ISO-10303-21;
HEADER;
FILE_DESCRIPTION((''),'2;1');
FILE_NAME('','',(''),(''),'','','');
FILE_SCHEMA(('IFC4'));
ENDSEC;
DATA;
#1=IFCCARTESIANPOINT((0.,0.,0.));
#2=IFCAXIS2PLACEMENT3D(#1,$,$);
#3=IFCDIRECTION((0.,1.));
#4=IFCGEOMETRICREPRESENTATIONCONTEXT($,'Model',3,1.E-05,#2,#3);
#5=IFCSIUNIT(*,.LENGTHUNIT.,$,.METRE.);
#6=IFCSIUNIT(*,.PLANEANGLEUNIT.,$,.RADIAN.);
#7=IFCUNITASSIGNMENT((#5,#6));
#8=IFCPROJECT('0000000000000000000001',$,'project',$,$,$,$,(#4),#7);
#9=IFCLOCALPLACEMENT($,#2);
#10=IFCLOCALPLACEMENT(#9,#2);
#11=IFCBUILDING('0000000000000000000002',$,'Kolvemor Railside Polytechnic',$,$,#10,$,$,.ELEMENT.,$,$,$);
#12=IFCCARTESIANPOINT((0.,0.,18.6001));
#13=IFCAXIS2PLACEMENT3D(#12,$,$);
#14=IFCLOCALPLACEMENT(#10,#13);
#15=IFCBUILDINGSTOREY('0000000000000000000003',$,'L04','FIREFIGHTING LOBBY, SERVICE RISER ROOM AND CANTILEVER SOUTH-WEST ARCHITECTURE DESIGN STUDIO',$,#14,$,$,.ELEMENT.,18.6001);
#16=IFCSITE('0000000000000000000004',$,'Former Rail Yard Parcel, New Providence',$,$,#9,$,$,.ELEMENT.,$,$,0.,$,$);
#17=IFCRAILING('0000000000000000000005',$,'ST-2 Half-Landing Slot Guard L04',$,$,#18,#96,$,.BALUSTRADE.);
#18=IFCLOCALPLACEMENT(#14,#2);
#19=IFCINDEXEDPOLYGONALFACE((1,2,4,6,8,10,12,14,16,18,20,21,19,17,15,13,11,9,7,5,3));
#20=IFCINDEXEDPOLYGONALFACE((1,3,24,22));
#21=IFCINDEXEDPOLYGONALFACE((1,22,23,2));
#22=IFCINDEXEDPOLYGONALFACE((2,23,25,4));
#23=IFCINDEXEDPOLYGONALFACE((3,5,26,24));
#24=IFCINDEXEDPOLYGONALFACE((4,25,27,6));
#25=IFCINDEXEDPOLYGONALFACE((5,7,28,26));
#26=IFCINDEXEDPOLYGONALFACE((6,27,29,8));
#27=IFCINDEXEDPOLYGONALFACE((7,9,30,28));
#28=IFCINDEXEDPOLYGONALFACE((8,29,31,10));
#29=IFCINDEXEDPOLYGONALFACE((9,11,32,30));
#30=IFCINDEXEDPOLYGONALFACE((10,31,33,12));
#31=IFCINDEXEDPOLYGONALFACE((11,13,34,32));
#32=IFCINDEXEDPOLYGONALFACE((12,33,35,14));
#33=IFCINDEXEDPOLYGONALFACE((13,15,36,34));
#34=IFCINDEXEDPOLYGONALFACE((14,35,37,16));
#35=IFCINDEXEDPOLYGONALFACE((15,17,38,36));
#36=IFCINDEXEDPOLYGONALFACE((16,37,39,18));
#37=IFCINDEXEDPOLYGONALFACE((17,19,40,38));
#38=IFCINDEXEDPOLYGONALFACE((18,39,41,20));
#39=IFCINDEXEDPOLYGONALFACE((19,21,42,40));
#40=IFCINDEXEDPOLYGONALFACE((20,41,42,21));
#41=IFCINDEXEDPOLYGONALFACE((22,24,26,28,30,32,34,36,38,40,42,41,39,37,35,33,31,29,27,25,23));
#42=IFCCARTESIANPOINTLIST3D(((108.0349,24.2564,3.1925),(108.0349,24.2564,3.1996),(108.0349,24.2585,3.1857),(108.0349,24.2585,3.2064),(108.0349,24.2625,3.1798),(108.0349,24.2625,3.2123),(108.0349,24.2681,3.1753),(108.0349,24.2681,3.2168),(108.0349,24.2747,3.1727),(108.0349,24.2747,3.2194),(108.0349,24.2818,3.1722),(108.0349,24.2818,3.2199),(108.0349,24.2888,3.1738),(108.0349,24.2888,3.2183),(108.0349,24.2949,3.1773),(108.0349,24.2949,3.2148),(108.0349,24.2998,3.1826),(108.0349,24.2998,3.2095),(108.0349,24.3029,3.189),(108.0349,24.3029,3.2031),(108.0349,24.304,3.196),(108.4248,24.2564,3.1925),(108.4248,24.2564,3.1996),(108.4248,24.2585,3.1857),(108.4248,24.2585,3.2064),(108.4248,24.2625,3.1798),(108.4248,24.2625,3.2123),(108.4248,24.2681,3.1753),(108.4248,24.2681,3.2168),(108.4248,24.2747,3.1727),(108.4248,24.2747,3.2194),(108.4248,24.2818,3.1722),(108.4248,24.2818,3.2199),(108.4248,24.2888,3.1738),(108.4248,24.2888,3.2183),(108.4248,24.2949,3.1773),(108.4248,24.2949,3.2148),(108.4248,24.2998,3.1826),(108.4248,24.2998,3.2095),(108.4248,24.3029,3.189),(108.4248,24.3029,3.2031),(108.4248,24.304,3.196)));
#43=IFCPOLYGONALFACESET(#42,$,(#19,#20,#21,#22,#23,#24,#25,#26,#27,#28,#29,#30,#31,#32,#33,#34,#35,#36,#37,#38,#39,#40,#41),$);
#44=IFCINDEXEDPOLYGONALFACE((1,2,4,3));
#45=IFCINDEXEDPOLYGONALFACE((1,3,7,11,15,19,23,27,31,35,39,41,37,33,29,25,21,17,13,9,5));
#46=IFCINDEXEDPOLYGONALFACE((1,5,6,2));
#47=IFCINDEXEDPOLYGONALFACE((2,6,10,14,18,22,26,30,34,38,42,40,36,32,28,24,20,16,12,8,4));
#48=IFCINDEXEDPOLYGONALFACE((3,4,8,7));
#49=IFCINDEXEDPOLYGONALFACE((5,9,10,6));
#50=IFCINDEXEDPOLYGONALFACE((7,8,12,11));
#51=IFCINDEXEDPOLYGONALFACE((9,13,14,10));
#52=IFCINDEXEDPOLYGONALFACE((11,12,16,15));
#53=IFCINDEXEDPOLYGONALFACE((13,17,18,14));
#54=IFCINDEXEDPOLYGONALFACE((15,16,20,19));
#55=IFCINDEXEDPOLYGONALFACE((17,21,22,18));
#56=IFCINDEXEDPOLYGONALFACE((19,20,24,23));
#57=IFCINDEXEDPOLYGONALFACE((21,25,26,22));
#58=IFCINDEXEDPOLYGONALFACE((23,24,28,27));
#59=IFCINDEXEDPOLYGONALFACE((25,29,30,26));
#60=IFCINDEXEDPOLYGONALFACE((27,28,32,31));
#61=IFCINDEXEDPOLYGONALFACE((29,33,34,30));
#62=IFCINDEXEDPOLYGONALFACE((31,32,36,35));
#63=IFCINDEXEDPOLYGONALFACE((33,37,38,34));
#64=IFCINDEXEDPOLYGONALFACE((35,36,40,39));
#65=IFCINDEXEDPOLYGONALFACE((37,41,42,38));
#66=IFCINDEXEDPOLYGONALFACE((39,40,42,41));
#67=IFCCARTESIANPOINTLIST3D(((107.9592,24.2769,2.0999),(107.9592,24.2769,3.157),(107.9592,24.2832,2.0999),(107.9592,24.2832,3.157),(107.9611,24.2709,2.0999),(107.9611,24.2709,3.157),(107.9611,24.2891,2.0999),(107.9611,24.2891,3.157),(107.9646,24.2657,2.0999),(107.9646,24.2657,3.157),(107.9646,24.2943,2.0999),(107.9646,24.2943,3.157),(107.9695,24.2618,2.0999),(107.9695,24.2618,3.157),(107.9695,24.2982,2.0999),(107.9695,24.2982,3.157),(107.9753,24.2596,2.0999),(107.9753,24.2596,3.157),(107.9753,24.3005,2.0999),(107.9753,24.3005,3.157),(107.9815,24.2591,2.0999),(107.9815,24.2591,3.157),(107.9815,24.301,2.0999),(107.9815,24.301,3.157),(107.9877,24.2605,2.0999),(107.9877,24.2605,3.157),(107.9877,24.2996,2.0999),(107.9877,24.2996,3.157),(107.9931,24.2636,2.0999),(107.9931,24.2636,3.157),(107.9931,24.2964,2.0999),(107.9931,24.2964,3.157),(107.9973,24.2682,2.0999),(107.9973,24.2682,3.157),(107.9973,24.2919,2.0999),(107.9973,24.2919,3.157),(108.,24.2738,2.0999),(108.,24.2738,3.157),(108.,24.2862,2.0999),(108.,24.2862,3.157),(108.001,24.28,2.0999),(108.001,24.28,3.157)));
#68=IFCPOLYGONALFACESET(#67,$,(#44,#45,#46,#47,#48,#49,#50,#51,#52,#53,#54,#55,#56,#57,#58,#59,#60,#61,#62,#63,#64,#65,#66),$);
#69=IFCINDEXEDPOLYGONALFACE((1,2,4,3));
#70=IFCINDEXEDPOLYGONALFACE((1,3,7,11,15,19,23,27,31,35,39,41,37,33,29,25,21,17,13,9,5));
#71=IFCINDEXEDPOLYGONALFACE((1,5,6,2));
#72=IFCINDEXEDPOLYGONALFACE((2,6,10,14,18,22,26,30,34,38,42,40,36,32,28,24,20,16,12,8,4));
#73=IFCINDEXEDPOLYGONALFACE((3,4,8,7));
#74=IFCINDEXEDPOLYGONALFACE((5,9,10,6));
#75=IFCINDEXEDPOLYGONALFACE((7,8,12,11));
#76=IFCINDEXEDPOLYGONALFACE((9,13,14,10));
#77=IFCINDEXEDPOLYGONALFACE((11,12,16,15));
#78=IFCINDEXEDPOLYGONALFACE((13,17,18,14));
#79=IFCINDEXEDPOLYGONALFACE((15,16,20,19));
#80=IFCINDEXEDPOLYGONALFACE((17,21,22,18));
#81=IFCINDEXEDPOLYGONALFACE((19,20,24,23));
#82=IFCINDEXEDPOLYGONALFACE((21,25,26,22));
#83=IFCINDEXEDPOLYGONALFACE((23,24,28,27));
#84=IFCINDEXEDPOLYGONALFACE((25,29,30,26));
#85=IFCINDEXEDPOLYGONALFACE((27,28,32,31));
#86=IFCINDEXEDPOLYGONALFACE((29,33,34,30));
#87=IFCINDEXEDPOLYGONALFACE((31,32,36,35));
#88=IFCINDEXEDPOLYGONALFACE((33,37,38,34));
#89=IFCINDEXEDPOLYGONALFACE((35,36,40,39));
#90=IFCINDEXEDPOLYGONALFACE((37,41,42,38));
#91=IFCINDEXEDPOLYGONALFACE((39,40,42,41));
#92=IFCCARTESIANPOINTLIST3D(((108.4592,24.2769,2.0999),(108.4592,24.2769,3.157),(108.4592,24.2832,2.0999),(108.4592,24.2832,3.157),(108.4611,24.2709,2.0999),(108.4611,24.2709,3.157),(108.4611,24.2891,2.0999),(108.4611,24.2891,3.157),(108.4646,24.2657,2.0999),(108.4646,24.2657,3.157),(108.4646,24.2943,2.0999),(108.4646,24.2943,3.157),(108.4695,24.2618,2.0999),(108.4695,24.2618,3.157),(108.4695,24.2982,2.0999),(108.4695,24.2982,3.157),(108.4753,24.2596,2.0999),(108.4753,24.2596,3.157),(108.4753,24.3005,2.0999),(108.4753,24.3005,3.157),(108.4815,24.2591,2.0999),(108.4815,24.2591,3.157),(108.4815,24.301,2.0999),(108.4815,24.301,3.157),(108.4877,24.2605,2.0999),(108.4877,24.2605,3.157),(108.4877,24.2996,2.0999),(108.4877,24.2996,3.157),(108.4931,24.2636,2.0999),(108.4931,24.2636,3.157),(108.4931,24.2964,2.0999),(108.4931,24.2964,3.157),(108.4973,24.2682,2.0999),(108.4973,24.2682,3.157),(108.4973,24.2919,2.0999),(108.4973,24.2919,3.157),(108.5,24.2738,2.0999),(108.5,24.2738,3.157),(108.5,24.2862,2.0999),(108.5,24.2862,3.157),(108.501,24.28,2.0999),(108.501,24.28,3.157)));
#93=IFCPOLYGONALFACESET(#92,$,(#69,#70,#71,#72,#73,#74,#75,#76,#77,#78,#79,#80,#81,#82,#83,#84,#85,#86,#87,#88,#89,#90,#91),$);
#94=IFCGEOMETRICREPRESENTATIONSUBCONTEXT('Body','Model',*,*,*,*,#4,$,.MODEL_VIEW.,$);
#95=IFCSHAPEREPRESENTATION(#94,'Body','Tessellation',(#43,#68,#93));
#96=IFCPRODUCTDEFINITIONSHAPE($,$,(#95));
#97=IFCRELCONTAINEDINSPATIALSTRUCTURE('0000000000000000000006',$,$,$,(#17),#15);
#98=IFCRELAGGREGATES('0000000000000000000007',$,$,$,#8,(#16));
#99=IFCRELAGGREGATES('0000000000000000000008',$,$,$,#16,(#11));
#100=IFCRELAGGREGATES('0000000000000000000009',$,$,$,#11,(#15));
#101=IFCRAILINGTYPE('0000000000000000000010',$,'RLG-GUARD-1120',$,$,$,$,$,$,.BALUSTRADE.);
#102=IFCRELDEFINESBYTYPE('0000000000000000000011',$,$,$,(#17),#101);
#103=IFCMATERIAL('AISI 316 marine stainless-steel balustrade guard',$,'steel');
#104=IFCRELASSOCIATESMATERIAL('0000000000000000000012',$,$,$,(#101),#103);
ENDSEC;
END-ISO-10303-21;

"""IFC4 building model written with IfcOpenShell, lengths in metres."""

from ifc_helpers import new_model, si_unit, direction, frame, origin, origin_2d, place, context, subcontext, project, spatial, circle, extrude, material, type_object, element, save


model = new_model("IFC4")

# Units and contexts
model_context = context("Model", 3, precision=1e-05, world=origin(), true_north=direction((0.0, 1.0)))
body_context = subcontext(model_context, "Body", "Model", "MODEL_VIEW")
ifc_project = project(units=[si_unit("LENGTHUNIT", "METRE"), si_unit("PLANEANGLEUNIT", "RADIAN")], contexts=[model_context])

# Site, building, storey
site_placement = place(None, origin())
site = spatial("IfcSite", under=ifc_project, at=site_placement, Name="Former Rail Yard Parcel, New Providence", CompositionType="ELEMENT", RefElevation=0.0)
building_placement = place(site_placement, origin())
building = spatial("IfcBuilding", under=site, at=building_placement, Name="Kolvemor Railside Polytechnic", CompositionType="ELEMENT")
storey_placement = place(building_placement, frame((0.0, 0.0, 18.6001)))
storey = spatial("IfcBuildingStorey", under=building, at=storey_placement, Name="L04", Description="FIREFIGHTING LOBBY, SERVICE RISER ROOM AND CANTILEVER SOUTH-WEST ARCHITECTURE DESIGN STUDIO", CompositionType="ELEMENT", Elevation=18.6001)

# Railing
ifc_material_1 = material(Name="AISI 316 marine stainless-steel balustrade guard", Category="steel")
railing_type_1 = type_object("IfcRailingType", Name="RLG-GUARD-1120", PredefinedType="BALUSTRADE", material=ifc_material_1)
railing_1_placement = place(storey_placement, frame((107.98, 24.28, 2.0999)))
element("IfcRailing", 1, at=railing_1_placement, inside=storey, type_object=railing_type_1, Name="ST-2 Half-Landing Slot Guard L04", PredefinedType="BALUSTRADE", context=body_context, shape_type="SweptSolid", body=[
    extrude(circle(Radius=0.0239, at=origin_2d()), frame((0.0549, 0.0, 1.0962), z_axis=(1.0, 0.0, 0.0), x_axis=(0.0, 1.0, 0.0)), (0.0, 0.0, 1.0), 0.3899),
    extrude(circle(Radius=0.021, at=origin_2d()), origin(), (0.0, 0.0, 1.0), 1.0571),
    extrude(circle(Radius=0.021, at=origin_2d()), frame((0.5, 0.0, 0.0)), (0.0, 0.0, 1.0), 1.0571),
])

save(model, "model.ifc")
